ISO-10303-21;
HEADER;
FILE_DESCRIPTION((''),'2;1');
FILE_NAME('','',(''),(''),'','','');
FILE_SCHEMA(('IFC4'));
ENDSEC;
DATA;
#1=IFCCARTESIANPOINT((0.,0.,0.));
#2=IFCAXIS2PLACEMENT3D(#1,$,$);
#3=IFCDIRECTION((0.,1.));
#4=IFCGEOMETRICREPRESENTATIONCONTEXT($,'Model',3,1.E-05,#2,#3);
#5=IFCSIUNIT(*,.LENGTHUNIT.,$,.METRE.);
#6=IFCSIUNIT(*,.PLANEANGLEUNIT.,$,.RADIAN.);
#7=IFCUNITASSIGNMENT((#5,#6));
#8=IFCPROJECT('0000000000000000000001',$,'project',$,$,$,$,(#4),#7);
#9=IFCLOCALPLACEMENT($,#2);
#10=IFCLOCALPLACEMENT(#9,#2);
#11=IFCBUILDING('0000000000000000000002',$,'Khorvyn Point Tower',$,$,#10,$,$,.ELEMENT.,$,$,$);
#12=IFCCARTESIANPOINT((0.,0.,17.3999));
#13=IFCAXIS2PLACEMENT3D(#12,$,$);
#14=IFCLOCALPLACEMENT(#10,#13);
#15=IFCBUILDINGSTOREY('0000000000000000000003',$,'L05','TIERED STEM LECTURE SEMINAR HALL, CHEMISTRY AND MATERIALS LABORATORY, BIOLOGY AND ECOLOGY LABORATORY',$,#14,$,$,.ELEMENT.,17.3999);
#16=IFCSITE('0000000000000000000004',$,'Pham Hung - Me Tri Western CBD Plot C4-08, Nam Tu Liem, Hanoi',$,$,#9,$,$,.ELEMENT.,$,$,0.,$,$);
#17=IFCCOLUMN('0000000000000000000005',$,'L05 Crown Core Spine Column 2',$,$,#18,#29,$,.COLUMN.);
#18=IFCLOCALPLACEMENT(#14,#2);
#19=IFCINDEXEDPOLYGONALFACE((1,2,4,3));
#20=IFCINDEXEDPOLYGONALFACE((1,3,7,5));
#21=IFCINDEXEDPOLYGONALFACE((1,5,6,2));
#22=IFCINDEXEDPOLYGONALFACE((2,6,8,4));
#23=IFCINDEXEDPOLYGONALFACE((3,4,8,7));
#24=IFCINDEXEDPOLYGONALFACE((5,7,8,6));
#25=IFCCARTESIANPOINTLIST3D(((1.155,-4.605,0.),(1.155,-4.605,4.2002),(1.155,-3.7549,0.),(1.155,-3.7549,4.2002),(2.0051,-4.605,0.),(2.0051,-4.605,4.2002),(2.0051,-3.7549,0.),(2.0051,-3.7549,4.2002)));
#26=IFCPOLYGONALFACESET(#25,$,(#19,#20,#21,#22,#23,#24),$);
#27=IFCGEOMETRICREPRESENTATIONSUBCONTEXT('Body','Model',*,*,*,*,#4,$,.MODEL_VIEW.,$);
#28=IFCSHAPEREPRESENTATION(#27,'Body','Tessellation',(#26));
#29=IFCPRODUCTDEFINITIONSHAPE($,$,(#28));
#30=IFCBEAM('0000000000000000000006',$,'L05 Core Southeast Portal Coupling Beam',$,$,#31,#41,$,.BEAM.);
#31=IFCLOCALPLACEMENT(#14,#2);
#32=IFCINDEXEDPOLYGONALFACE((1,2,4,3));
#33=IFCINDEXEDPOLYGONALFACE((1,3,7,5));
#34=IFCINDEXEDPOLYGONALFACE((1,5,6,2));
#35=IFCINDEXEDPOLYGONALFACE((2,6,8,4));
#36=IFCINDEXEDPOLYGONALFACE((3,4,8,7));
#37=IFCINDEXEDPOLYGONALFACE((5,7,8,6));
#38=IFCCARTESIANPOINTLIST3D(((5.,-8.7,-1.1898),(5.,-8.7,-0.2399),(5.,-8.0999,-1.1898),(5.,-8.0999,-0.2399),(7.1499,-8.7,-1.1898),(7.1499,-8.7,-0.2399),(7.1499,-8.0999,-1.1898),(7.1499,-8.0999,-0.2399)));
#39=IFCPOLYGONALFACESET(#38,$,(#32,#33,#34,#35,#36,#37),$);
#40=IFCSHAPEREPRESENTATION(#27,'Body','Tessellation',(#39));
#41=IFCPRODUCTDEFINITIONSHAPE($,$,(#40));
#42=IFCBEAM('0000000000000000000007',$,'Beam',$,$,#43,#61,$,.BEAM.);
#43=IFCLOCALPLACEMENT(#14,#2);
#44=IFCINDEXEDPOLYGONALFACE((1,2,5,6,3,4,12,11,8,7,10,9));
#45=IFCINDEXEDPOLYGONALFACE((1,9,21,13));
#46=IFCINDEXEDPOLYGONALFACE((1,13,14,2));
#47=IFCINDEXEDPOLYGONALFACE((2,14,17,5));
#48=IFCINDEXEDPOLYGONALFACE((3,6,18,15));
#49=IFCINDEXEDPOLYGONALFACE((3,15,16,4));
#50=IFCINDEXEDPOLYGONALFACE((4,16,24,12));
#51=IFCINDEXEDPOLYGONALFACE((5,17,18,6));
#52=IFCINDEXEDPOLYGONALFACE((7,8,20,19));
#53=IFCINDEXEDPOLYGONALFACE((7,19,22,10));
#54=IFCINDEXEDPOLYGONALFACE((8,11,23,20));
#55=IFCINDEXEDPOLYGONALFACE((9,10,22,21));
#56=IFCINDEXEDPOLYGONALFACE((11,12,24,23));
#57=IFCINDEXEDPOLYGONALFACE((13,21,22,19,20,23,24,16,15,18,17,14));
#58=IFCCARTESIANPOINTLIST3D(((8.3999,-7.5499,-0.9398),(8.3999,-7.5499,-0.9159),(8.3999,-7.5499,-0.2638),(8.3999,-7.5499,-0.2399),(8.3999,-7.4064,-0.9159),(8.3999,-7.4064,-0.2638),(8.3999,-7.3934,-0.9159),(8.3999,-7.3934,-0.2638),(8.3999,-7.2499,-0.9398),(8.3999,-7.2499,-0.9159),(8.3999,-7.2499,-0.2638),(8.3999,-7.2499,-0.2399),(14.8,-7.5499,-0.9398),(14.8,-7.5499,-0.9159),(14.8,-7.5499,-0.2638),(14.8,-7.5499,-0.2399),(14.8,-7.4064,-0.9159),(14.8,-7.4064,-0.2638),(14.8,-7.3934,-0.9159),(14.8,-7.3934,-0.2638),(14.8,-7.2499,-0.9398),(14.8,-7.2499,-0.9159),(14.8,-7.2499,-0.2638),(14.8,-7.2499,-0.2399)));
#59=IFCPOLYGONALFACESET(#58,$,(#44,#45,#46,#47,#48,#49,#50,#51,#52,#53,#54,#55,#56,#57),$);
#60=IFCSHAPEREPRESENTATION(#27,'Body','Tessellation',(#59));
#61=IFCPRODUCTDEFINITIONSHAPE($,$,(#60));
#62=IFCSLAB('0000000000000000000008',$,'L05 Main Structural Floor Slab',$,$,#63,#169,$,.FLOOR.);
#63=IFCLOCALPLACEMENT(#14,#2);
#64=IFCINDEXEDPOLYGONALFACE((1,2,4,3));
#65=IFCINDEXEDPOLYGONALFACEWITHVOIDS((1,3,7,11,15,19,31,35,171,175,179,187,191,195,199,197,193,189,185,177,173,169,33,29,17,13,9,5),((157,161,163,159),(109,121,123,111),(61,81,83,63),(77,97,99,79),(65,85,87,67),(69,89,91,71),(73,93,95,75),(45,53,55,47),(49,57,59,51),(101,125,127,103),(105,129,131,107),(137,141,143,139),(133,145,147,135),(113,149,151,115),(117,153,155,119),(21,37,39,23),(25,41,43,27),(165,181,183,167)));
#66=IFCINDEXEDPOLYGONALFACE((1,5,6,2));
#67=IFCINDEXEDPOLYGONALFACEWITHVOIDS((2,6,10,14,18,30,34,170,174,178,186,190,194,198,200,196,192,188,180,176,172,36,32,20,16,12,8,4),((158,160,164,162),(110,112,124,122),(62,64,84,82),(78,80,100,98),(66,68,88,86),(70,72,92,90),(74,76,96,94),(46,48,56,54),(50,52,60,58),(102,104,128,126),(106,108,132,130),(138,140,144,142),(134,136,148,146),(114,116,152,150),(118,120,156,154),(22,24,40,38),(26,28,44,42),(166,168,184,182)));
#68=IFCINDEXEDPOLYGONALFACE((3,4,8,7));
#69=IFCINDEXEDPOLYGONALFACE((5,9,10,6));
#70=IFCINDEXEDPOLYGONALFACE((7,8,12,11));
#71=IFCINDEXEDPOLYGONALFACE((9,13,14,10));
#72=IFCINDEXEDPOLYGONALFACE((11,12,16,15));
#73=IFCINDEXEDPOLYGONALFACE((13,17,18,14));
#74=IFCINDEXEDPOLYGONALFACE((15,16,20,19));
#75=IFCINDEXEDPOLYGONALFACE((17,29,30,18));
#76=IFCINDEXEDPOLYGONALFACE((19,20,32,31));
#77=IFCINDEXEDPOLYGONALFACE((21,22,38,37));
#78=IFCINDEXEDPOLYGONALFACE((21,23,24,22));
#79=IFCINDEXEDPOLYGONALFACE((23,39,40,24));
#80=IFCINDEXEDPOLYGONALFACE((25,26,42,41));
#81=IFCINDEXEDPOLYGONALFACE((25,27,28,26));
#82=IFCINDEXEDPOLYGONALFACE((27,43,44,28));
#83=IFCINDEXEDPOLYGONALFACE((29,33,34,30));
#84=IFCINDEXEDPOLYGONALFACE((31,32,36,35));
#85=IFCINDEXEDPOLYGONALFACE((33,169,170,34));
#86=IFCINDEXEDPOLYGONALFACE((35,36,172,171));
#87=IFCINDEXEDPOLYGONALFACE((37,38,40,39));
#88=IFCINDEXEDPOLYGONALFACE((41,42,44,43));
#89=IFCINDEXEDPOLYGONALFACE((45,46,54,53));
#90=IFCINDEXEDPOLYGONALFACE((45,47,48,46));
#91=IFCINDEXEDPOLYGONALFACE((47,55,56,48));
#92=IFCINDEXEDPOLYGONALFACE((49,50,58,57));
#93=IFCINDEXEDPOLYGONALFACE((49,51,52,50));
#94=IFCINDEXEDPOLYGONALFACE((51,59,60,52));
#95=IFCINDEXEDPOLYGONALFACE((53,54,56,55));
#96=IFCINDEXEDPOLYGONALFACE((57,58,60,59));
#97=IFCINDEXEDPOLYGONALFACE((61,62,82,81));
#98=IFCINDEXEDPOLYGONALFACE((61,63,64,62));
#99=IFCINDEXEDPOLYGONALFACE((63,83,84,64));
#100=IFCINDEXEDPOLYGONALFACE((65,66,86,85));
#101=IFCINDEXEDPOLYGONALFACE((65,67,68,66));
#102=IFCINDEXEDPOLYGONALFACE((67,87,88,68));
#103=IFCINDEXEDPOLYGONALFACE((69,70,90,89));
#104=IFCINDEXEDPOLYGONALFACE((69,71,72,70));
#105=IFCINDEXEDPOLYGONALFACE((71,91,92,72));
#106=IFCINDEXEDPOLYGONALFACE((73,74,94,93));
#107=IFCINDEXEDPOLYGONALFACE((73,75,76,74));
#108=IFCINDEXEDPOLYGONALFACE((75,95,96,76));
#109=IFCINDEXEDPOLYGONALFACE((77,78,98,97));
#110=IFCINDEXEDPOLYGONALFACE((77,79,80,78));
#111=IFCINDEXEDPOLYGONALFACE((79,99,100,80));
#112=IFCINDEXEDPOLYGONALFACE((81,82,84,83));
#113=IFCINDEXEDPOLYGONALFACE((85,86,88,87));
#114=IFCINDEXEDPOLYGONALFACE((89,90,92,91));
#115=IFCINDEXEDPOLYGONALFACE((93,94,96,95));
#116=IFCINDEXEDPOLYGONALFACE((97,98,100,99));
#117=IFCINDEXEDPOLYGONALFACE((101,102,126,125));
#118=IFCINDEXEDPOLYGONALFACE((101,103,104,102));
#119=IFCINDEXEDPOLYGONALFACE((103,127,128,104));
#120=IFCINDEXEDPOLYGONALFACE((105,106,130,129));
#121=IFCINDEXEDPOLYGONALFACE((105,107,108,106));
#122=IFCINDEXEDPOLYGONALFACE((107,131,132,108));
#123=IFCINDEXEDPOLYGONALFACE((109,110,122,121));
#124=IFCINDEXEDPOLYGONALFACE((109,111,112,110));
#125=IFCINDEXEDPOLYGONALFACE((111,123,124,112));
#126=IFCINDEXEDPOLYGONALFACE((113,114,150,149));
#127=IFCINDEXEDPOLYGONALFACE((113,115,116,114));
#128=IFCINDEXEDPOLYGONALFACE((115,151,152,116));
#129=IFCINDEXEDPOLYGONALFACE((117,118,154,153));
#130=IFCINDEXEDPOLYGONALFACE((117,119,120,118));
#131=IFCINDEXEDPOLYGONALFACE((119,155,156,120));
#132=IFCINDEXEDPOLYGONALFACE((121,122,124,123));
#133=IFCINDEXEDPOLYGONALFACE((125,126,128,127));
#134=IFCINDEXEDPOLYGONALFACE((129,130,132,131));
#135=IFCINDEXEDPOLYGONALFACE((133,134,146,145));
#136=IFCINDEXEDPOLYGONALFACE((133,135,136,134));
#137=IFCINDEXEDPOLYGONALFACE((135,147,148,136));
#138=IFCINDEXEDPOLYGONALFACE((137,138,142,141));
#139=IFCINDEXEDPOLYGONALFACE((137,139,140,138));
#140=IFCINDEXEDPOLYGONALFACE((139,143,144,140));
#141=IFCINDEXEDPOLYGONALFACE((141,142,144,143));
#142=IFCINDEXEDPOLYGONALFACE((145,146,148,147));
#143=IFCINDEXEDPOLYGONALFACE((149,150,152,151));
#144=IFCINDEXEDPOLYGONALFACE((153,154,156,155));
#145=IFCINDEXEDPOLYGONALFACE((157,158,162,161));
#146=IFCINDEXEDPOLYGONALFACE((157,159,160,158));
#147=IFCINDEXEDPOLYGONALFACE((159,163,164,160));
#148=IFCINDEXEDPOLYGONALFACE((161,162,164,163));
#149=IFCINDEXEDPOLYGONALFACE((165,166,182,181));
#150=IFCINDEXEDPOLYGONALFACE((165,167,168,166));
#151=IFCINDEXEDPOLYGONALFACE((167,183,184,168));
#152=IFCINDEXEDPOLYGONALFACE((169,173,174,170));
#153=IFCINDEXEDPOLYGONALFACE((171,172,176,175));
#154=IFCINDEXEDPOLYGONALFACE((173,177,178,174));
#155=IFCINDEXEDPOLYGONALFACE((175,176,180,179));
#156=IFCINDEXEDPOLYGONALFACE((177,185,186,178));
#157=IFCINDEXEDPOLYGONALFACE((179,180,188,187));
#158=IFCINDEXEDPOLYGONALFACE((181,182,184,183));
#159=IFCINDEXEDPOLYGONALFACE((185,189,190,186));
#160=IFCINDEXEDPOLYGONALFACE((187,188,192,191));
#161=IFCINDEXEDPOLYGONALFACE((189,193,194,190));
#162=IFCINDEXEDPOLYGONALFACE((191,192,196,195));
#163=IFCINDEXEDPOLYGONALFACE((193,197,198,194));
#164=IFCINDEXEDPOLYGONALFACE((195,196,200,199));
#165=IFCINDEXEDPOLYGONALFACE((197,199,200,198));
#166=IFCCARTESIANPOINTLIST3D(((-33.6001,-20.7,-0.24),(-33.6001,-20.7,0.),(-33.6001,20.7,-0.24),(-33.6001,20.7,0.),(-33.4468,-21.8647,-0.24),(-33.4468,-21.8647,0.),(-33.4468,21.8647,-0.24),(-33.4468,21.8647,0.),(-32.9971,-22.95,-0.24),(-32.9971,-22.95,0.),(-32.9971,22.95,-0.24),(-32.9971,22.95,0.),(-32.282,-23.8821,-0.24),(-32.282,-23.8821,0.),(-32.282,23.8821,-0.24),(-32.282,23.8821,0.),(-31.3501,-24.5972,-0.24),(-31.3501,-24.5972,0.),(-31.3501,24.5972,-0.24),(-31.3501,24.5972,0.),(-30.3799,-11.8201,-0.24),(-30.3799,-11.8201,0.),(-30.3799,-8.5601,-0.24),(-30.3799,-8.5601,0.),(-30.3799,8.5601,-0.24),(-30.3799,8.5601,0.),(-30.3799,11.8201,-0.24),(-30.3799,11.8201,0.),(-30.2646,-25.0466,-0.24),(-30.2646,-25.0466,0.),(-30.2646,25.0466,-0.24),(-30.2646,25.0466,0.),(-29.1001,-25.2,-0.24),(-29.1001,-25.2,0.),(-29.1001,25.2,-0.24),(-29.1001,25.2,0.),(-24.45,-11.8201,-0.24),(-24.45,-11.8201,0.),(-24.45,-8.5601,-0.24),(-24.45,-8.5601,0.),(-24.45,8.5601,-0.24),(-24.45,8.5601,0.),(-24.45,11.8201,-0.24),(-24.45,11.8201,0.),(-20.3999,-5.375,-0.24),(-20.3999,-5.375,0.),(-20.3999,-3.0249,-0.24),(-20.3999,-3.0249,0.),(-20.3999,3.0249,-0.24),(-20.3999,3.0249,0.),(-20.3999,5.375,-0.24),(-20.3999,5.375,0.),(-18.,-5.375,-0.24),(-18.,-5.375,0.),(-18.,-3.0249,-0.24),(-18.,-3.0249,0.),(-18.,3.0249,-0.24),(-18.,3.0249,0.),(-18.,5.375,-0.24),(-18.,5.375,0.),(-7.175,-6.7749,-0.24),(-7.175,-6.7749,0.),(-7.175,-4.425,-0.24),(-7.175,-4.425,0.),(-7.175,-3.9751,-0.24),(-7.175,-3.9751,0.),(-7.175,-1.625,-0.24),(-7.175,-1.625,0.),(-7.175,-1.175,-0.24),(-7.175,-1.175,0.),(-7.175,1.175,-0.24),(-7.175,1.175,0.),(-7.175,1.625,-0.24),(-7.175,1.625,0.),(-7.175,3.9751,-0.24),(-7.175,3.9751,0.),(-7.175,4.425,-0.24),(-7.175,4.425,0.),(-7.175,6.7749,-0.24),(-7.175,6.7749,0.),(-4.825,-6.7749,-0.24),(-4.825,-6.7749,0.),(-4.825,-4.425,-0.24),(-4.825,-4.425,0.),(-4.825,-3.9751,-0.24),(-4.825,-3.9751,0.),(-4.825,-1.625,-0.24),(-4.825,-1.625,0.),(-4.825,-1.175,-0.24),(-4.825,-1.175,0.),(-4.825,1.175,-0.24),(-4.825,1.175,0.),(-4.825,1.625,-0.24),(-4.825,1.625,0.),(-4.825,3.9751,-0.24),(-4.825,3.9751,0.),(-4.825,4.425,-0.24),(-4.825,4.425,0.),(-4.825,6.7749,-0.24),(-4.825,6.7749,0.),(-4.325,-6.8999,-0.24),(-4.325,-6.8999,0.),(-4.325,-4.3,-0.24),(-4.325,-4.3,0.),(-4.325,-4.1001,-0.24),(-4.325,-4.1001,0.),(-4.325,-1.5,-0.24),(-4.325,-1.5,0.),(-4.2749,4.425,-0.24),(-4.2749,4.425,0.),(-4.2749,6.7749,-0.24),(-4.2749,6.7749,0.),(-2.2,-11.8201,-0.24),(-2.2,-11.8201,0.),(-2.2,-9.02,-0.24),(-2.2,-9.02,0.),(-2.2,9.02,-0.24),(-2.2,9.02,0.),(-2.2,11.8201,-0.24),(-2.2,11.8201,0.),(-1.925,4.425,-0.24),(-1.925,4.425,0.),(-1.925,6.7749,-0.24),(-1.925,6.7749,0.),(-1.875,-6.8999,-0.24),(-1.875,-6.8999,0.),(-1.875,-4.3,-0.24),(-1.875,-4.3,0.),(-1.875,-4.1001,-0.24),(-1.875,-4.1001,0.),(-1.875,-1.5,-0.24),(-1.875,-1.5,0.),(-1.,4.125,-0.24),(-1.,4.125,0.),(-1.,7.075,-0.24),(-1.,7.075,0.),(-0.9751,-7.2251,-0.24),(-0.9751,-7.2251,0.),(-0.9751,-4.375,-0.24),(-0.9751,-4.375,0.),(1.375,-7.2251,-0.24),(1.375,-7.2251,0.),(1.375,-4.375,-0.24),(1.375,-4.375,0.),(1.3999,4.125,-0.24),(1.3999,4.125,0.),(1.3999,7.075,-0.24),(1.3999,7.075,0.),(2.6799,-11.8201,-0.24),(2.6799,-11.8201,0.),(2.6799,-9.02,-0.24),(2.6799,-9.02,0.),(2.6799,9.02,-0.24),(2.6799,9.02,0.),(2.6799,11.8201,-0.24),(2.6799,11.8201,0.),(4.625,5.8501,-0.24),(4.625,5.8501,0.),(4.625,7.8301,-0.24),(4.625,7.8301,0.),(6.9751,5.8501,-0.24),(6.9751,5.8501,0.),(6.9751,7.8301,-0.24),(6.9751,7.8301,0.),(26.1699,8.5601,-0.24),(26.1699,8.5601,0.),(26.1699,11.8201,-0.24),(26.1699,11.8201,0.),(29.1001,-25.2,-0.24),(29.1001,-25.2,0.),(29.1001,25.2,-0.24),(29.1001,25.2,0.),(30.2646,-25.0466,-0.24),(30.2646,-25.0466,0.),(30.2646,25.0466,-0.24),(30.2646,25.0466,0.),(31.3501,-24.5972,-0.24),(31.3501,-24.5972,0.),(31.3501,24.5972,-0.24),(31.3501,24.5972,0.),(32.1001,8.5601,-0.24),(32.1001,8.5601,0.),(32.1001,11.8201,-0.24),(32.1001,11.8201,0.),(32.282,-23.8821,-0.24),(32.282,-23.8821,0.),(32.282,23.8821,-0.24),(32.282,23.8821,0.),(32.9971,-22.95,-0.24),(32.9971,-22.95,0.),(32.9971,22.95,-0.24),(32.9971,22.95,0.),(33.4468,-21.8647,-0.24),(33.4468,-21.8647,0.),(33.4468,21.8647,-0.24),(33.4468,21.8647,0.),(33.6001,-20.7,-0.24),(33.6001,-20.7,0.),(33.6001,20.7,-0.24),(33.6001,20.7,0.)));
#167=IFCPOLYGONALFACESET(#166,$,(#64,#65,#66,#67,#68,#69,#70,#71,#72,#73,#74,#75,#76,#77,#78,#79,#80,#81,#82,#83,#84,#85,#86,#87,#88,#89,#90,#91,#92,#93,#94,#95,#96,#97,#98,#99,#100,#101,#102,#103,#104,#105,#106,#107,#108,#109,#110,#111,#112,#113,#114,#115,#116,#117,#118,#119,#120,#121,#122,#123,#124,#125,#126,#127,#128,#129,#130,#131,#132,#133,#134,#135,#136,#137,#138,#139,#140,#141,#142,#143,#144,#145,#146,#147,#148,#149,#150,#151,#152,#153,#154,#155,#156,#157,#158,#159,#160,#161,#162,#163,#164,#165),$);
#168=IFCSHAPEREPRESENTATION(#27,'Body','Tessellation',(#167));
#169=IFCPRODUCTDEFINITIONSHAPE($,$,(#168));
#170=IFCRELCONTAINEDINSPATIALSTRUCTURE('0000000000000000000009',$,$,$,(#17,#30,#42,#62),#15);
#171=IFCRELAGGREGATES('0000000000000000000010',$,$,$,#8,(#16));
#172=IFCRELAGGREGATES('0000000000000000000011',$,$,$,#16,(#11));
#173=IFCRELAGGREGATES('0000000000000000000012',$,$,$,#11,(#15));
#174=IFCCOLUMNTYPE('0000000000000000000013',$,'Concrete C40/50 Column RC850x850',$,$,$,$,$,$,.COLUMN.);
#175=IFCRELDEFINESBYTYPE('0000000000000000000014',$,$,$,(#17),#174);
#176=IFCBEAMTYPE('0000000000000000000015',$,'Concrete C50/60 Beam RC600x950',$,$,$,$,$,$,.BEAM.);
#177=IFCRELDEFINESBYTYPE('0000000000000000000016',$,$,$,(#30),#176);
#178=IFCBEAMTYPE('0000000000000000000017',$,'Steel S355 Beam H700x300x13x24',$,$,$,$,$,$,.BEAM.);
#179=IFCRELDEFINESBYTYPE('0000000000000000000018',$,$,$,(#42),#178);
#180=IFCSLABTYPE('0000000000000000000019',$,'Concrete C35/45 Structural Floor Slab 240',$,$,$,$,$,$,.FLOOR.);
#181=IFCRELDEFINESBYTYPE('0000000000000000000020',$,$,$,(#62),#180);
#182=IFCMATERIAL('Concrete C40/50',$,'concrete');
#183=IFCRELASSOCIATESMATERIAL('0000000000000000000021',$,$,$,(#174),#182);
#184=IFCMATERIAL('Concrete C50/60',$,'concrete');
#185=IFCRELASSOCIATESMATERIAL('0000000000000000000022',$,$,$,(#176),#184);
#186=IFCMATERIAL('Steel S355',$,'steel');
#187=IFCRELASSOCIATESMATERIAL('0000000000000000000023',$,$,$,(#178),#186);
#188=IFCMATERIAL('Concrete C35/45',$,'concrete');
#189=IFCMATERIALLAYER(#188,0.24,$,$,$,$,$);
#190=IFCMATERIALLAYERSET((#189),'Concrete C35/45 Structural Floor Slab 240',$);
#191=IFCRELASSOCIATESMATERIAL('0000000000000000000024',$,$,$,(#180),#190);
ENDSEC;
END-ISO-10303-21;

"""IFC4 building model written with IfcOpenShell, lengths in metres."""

from ifc_helpers import new_model, si_unit, direction, frame, origin, origin_2d, place, context, subcontext, project, spatial, polyline, rectangle, i_section, outline, extrude, material, layer, layer_set, material_profile, profile_set, type_object, element, save


model = new_model("IFC4")

# Units and contexts
model_context = context("Model", 3, precision=1e-05, world=origin(), true_north=direction((0.0, 1.0)))
body_context = subcontext(model_context, "Body", "Model", "MODEL_VIEW")
ifc_project = project(units=[si_unit("LENGTHUNIT", "METRE"), si_unit("PLANEANGLEUNIT", "RADIAN")], contexts=[model_context])

# Site, building, storey
site_placement = place(None, origin())
site = spatial("IfcSite", under=ifc_project, at=site_placement, Name="Pham Hung - Me Tri Western CBD Plot C4-08, Nam Tu Liem, Hanoi", CompositionType="ELEMENT", RefElevation=0.0)
building_placement = place(site_placement, origin())
building = spatial("IfcBuilding", under=site, at=building_placement, Name="Khorvyn Point Tower", CompositionType="ELEMENT")
storey_placement = place(building_placement, frame((0.0, 0.0, 17.3999)))
storey = spatial("IfcBuildingStorey", under=building, at=storey_placement, Name="L05", Description="TIERED STEM LECTURE SEMINAR HALL, CHEMISTRY AND MATERIALS LABORATORY, BIOLOGY AND ECOLOGY LABORATORY", CompositionType="ELEMENT", Elevation=17.3999)

# Column
ifc_material_1 = material(Name="Concrete C40/50", Category="concrete")
ifc_material_profile_1 = material_profile(ifc_material_1, rectangle(XDim=0.8501, YDim=0.8501, at=origin_2d()))
ifc_profile_set_1 = profile_set([ifc_material_profile_1], Name="Concrete C40/50 RC850x850")
column_type = type_object("IfcColumnType", Name="Concrete C40/50 Column RC850x850", PredefinedType="COLUMN", material=ifc_profile_set_1)
column_placement = place(storey_placement, frame((1.5801, -4.1799, 0.0), z_axis=(0.0, 0.0, 1.0), x_axis=(1.0, 0.0, 0.0)))
element("IfcColumn", 1, at=column_placement, inside=storey, type_object=column_type, Name="L05 Crown Core Spine Column 2", PredefinedType="COLUMN", context=body_context, shape_type="SweptSolid", body=[
    extrude(rectangle(XDim=0.8501, YDim=0.8501, at=origin_2d()), origin(), (0.0, 0.0, 1.0), 4.2002),
])

# Beams
ifc_material_2 = material(Name="Concrete C50/60", Category="concrete")
ifc_material_profile_2 = material_profile(ifc_material_2, rectangle(XDim=0.6001, YDim=0.95, at=origin_2d()))
ifc_profile_set_2 = profile_set([ifc_material_profile_2], Name="Concrete C50/60 RC600x950")
beam_type_1 = type_object("IfcBeamType", Name="Concrete C50/60 Beam RC600x950", PredefinedType="BEAM", material=ifc_profile_set_2)
beam_1_placement = place(storey_placement, frame((5.0, -8.3999, -0.7148), z_axis=(1.0, 0.0, 0.0), x_axis=(0.0, 1.0, 0.0)))
element("IfcBeam", 2, at=beam_1_placement, inside=storey, type_object=beam_type_1, Name="L05 Core Southeast Portal Coupling Beam", PredefinedType="BEAM", context=body_context, shape_type="SweptSolid", body=[
    extrude(rectangle(XDim=0.6001, YDim=0.95, at=origin_2d()), origin(), (0.0, 0.0, 1.0), 2.1499),
])
ifc_material_3 = material(Name="Steel S355", Category="steel")
ifc_material_profile_3 = material_profile(ifc_material_3, i_section(OverallWidth=0.3, OverallDepth=0.7, WebThickness=0.0129, FlangeThickness=0.0239, at=origin_2d()))
ifc_profile_set_3 = profile_set([ifc_material_profile_3], Name="Steel S355 H700x300x13x24")
beam_type_2 = type_object("IfcBeamType", Name="Steel S355 Beam H700x300x13x24", PredefinedType="BEAM", material=ifc_profile_set_3)
beam_2_placement = place(storey_placement, frame((8.3999, -7.3999, -0.5898), z_axis=(1.0, 0.0, 0.0), x_axis=(0.0, 1.0, 0.0)))
element("IfcBeam", 3, at=beam_2_placement, inside=storey, type_object=beam_type_2, Name="Beam", PredefinedType="BEAM", context=body_context, shape_type="SweptSolid", body=[
    extrude(i_section(OverallWidth=0.3, OverallDepth=0.7, WebThickness=0.0129, FlangeThickness=0.0239, at=origin_2d()), origin(), (0.0, 0.0, 1.0), 6.4001),
])

# Slab
ifc_material_4 = material(Name="Concrete C35/45", Category="concrete")
ifc_layer_1 = layer(ifc_material_4, 0.24)
ifc_layer_set_1 = layer_set([ifc_layer_1], Name="Concrete C35/45 Structural Floor Slab 240")
slab_type_1 = type_object("IfcSlabType", Name="Concrete C35/45 Structural Floor Slab 240", PredefinedType="FLOOR", material=ifc_layer_set_1)
slab_1_placement = place(storey_placement, frame((0.0, 0.0, -0.24)))
element("IfcSlab", 4, at=slab_1_placement, inside=storey, type_object=slab_type_1, Name="L05 Main Structural Floor Slab", PredefinedType="FLOOR", context=body_context, shape_type="SweptSolid", body=[
    extrude(outline(polyline([(-29.1001, -25.2), (-30.2646, -25.0466), (-31.3501, -24.5972), (-32.282, -23.8821), (-32.9971, -22.95), (-33.4468, -21.8647), (-33.6001, -20.7), (-33.6001, 20.7), (-33.4468, 21.8647), (-32.9971, 22.95), (-32.282, 23.8821), (-31.3501, 24.5972), (-30.2646, 25.0466), (-29.1001, 25.2), (29.1001, 25.2), (30.2646, 25.0466), (31.3501, 24.5972), (32.282, 23.8821), (32.9971, 22.95), (33.4468, 21.8647), (33.6001, 20.7), (33.6001, -20.7), (33.4468, -21.8647), (32.9971, -22.95), (32.282, -23.8821), (31.3501, -24.5972), (30.2646, -25.0466), (29.1001, -25.2), (-29.1001, -25.2)]), holes=[polyline([(-30.3799, -11.8201), (-24.45, -11.8201), (-24.45, -8.5601), (-30.3799, -8.5601), (-30.3799, -11.8201)]), polyline([(-7.175, -6.7749), (-4.825, -6.7749), (-4.825, -4.425), (-7.175, -4.425), (-7.175, -6.7749)]), polyline([(-20.3999, -5.375), (-18.0, -5.375), (-18.0, -3.0249), (-20.3999, -3.0249), (-20.3999, -5.375)]), polyline([(-7.175, -3.9751), (-4.825, -3.9751), (-4.825, -1.625), (-7.175, -1.625), (-7.175, -3.9751)]), polyline([(-7.175, -1.175), (-4.825, -1.175), (-4.825, 1.175), (-7.175, 1.175), (-7.175, -1.175)]), polyline([(-7.175, 1.625), (-4.825, 1.625), (-4.825, 3.9751), (-7.175, 3.9751), (-7.175, 1.625)]), polyline([(-20.3999, 3.0249), (-18.0, 3.0249), (-18.0, 5.375), (-20.3999, 5.375), (-20.3999, 3.0249)]), polyline([(-7.175, 6.7749), (-7.175, 4.425), (-4.825, 4.425), (-4.825, 6.7749), (-7.175, 6.7749)]), polyline([(-30.3799, 11.8201), (-30.3799, 8.5601), (-24.45, 8.5601), (-24.45, 11.8201), (-30.3799, 11.8201)]), polyline([(-2.2, -11.8201), (2.6799, -11.8201), (2.6799, -9.02), (-2.2, -9.02), (-2.2, -11.8201)]), polyline([(-0.9751, -7.2251), (1.375, -7.2251), (1.375, -4.375), (-0.9751, -4.375), (-0.9751, -7.2251)]), polyline([(-4.325, -6.8999), (-1.875, -6.8999), (-1.875, -4.3), (-4.325, -4.3), (-4.325, -6.8999)]), polyline([(-4.325, -4.1001), (-1.875, -4.1001), (-1.875, -1.5), (-4.325, -1.5), (-4.325, -4.1001)]), polyline([(-4.2749, 4.425), (-1.925, 4.425), (-1.925, 6.7749), (-4.2749, 6.7749), (-4.2749, 4.425)]), polyline([(-1.0, 4.125), (1.3999, 4.125), (1.3999, 7.075), (-1.0, 7.075), (-1.0, 4.125)]), polyline([(4.625, 5.8501), (6.9751, 5.8501), (6.9751, 7.8301), (4.625, 7.8301), (4.625, 5.8501)]), polyline([(26.1699, 11.8201), (26.1699, 8.5601), (32.1001, 8.5601), (32.1001, 11.8201), (26.1699, 11.8201)]), polyline([(-2.2, 11.8201), (-2.2, 9.02), (2.6799, 9.02), (2.6799, 11.8201), (-2.2, 11.8201)])]), origin(), (0.0, 0.0, 1.0), 0.24),
])

save(model, "model.ifc")
